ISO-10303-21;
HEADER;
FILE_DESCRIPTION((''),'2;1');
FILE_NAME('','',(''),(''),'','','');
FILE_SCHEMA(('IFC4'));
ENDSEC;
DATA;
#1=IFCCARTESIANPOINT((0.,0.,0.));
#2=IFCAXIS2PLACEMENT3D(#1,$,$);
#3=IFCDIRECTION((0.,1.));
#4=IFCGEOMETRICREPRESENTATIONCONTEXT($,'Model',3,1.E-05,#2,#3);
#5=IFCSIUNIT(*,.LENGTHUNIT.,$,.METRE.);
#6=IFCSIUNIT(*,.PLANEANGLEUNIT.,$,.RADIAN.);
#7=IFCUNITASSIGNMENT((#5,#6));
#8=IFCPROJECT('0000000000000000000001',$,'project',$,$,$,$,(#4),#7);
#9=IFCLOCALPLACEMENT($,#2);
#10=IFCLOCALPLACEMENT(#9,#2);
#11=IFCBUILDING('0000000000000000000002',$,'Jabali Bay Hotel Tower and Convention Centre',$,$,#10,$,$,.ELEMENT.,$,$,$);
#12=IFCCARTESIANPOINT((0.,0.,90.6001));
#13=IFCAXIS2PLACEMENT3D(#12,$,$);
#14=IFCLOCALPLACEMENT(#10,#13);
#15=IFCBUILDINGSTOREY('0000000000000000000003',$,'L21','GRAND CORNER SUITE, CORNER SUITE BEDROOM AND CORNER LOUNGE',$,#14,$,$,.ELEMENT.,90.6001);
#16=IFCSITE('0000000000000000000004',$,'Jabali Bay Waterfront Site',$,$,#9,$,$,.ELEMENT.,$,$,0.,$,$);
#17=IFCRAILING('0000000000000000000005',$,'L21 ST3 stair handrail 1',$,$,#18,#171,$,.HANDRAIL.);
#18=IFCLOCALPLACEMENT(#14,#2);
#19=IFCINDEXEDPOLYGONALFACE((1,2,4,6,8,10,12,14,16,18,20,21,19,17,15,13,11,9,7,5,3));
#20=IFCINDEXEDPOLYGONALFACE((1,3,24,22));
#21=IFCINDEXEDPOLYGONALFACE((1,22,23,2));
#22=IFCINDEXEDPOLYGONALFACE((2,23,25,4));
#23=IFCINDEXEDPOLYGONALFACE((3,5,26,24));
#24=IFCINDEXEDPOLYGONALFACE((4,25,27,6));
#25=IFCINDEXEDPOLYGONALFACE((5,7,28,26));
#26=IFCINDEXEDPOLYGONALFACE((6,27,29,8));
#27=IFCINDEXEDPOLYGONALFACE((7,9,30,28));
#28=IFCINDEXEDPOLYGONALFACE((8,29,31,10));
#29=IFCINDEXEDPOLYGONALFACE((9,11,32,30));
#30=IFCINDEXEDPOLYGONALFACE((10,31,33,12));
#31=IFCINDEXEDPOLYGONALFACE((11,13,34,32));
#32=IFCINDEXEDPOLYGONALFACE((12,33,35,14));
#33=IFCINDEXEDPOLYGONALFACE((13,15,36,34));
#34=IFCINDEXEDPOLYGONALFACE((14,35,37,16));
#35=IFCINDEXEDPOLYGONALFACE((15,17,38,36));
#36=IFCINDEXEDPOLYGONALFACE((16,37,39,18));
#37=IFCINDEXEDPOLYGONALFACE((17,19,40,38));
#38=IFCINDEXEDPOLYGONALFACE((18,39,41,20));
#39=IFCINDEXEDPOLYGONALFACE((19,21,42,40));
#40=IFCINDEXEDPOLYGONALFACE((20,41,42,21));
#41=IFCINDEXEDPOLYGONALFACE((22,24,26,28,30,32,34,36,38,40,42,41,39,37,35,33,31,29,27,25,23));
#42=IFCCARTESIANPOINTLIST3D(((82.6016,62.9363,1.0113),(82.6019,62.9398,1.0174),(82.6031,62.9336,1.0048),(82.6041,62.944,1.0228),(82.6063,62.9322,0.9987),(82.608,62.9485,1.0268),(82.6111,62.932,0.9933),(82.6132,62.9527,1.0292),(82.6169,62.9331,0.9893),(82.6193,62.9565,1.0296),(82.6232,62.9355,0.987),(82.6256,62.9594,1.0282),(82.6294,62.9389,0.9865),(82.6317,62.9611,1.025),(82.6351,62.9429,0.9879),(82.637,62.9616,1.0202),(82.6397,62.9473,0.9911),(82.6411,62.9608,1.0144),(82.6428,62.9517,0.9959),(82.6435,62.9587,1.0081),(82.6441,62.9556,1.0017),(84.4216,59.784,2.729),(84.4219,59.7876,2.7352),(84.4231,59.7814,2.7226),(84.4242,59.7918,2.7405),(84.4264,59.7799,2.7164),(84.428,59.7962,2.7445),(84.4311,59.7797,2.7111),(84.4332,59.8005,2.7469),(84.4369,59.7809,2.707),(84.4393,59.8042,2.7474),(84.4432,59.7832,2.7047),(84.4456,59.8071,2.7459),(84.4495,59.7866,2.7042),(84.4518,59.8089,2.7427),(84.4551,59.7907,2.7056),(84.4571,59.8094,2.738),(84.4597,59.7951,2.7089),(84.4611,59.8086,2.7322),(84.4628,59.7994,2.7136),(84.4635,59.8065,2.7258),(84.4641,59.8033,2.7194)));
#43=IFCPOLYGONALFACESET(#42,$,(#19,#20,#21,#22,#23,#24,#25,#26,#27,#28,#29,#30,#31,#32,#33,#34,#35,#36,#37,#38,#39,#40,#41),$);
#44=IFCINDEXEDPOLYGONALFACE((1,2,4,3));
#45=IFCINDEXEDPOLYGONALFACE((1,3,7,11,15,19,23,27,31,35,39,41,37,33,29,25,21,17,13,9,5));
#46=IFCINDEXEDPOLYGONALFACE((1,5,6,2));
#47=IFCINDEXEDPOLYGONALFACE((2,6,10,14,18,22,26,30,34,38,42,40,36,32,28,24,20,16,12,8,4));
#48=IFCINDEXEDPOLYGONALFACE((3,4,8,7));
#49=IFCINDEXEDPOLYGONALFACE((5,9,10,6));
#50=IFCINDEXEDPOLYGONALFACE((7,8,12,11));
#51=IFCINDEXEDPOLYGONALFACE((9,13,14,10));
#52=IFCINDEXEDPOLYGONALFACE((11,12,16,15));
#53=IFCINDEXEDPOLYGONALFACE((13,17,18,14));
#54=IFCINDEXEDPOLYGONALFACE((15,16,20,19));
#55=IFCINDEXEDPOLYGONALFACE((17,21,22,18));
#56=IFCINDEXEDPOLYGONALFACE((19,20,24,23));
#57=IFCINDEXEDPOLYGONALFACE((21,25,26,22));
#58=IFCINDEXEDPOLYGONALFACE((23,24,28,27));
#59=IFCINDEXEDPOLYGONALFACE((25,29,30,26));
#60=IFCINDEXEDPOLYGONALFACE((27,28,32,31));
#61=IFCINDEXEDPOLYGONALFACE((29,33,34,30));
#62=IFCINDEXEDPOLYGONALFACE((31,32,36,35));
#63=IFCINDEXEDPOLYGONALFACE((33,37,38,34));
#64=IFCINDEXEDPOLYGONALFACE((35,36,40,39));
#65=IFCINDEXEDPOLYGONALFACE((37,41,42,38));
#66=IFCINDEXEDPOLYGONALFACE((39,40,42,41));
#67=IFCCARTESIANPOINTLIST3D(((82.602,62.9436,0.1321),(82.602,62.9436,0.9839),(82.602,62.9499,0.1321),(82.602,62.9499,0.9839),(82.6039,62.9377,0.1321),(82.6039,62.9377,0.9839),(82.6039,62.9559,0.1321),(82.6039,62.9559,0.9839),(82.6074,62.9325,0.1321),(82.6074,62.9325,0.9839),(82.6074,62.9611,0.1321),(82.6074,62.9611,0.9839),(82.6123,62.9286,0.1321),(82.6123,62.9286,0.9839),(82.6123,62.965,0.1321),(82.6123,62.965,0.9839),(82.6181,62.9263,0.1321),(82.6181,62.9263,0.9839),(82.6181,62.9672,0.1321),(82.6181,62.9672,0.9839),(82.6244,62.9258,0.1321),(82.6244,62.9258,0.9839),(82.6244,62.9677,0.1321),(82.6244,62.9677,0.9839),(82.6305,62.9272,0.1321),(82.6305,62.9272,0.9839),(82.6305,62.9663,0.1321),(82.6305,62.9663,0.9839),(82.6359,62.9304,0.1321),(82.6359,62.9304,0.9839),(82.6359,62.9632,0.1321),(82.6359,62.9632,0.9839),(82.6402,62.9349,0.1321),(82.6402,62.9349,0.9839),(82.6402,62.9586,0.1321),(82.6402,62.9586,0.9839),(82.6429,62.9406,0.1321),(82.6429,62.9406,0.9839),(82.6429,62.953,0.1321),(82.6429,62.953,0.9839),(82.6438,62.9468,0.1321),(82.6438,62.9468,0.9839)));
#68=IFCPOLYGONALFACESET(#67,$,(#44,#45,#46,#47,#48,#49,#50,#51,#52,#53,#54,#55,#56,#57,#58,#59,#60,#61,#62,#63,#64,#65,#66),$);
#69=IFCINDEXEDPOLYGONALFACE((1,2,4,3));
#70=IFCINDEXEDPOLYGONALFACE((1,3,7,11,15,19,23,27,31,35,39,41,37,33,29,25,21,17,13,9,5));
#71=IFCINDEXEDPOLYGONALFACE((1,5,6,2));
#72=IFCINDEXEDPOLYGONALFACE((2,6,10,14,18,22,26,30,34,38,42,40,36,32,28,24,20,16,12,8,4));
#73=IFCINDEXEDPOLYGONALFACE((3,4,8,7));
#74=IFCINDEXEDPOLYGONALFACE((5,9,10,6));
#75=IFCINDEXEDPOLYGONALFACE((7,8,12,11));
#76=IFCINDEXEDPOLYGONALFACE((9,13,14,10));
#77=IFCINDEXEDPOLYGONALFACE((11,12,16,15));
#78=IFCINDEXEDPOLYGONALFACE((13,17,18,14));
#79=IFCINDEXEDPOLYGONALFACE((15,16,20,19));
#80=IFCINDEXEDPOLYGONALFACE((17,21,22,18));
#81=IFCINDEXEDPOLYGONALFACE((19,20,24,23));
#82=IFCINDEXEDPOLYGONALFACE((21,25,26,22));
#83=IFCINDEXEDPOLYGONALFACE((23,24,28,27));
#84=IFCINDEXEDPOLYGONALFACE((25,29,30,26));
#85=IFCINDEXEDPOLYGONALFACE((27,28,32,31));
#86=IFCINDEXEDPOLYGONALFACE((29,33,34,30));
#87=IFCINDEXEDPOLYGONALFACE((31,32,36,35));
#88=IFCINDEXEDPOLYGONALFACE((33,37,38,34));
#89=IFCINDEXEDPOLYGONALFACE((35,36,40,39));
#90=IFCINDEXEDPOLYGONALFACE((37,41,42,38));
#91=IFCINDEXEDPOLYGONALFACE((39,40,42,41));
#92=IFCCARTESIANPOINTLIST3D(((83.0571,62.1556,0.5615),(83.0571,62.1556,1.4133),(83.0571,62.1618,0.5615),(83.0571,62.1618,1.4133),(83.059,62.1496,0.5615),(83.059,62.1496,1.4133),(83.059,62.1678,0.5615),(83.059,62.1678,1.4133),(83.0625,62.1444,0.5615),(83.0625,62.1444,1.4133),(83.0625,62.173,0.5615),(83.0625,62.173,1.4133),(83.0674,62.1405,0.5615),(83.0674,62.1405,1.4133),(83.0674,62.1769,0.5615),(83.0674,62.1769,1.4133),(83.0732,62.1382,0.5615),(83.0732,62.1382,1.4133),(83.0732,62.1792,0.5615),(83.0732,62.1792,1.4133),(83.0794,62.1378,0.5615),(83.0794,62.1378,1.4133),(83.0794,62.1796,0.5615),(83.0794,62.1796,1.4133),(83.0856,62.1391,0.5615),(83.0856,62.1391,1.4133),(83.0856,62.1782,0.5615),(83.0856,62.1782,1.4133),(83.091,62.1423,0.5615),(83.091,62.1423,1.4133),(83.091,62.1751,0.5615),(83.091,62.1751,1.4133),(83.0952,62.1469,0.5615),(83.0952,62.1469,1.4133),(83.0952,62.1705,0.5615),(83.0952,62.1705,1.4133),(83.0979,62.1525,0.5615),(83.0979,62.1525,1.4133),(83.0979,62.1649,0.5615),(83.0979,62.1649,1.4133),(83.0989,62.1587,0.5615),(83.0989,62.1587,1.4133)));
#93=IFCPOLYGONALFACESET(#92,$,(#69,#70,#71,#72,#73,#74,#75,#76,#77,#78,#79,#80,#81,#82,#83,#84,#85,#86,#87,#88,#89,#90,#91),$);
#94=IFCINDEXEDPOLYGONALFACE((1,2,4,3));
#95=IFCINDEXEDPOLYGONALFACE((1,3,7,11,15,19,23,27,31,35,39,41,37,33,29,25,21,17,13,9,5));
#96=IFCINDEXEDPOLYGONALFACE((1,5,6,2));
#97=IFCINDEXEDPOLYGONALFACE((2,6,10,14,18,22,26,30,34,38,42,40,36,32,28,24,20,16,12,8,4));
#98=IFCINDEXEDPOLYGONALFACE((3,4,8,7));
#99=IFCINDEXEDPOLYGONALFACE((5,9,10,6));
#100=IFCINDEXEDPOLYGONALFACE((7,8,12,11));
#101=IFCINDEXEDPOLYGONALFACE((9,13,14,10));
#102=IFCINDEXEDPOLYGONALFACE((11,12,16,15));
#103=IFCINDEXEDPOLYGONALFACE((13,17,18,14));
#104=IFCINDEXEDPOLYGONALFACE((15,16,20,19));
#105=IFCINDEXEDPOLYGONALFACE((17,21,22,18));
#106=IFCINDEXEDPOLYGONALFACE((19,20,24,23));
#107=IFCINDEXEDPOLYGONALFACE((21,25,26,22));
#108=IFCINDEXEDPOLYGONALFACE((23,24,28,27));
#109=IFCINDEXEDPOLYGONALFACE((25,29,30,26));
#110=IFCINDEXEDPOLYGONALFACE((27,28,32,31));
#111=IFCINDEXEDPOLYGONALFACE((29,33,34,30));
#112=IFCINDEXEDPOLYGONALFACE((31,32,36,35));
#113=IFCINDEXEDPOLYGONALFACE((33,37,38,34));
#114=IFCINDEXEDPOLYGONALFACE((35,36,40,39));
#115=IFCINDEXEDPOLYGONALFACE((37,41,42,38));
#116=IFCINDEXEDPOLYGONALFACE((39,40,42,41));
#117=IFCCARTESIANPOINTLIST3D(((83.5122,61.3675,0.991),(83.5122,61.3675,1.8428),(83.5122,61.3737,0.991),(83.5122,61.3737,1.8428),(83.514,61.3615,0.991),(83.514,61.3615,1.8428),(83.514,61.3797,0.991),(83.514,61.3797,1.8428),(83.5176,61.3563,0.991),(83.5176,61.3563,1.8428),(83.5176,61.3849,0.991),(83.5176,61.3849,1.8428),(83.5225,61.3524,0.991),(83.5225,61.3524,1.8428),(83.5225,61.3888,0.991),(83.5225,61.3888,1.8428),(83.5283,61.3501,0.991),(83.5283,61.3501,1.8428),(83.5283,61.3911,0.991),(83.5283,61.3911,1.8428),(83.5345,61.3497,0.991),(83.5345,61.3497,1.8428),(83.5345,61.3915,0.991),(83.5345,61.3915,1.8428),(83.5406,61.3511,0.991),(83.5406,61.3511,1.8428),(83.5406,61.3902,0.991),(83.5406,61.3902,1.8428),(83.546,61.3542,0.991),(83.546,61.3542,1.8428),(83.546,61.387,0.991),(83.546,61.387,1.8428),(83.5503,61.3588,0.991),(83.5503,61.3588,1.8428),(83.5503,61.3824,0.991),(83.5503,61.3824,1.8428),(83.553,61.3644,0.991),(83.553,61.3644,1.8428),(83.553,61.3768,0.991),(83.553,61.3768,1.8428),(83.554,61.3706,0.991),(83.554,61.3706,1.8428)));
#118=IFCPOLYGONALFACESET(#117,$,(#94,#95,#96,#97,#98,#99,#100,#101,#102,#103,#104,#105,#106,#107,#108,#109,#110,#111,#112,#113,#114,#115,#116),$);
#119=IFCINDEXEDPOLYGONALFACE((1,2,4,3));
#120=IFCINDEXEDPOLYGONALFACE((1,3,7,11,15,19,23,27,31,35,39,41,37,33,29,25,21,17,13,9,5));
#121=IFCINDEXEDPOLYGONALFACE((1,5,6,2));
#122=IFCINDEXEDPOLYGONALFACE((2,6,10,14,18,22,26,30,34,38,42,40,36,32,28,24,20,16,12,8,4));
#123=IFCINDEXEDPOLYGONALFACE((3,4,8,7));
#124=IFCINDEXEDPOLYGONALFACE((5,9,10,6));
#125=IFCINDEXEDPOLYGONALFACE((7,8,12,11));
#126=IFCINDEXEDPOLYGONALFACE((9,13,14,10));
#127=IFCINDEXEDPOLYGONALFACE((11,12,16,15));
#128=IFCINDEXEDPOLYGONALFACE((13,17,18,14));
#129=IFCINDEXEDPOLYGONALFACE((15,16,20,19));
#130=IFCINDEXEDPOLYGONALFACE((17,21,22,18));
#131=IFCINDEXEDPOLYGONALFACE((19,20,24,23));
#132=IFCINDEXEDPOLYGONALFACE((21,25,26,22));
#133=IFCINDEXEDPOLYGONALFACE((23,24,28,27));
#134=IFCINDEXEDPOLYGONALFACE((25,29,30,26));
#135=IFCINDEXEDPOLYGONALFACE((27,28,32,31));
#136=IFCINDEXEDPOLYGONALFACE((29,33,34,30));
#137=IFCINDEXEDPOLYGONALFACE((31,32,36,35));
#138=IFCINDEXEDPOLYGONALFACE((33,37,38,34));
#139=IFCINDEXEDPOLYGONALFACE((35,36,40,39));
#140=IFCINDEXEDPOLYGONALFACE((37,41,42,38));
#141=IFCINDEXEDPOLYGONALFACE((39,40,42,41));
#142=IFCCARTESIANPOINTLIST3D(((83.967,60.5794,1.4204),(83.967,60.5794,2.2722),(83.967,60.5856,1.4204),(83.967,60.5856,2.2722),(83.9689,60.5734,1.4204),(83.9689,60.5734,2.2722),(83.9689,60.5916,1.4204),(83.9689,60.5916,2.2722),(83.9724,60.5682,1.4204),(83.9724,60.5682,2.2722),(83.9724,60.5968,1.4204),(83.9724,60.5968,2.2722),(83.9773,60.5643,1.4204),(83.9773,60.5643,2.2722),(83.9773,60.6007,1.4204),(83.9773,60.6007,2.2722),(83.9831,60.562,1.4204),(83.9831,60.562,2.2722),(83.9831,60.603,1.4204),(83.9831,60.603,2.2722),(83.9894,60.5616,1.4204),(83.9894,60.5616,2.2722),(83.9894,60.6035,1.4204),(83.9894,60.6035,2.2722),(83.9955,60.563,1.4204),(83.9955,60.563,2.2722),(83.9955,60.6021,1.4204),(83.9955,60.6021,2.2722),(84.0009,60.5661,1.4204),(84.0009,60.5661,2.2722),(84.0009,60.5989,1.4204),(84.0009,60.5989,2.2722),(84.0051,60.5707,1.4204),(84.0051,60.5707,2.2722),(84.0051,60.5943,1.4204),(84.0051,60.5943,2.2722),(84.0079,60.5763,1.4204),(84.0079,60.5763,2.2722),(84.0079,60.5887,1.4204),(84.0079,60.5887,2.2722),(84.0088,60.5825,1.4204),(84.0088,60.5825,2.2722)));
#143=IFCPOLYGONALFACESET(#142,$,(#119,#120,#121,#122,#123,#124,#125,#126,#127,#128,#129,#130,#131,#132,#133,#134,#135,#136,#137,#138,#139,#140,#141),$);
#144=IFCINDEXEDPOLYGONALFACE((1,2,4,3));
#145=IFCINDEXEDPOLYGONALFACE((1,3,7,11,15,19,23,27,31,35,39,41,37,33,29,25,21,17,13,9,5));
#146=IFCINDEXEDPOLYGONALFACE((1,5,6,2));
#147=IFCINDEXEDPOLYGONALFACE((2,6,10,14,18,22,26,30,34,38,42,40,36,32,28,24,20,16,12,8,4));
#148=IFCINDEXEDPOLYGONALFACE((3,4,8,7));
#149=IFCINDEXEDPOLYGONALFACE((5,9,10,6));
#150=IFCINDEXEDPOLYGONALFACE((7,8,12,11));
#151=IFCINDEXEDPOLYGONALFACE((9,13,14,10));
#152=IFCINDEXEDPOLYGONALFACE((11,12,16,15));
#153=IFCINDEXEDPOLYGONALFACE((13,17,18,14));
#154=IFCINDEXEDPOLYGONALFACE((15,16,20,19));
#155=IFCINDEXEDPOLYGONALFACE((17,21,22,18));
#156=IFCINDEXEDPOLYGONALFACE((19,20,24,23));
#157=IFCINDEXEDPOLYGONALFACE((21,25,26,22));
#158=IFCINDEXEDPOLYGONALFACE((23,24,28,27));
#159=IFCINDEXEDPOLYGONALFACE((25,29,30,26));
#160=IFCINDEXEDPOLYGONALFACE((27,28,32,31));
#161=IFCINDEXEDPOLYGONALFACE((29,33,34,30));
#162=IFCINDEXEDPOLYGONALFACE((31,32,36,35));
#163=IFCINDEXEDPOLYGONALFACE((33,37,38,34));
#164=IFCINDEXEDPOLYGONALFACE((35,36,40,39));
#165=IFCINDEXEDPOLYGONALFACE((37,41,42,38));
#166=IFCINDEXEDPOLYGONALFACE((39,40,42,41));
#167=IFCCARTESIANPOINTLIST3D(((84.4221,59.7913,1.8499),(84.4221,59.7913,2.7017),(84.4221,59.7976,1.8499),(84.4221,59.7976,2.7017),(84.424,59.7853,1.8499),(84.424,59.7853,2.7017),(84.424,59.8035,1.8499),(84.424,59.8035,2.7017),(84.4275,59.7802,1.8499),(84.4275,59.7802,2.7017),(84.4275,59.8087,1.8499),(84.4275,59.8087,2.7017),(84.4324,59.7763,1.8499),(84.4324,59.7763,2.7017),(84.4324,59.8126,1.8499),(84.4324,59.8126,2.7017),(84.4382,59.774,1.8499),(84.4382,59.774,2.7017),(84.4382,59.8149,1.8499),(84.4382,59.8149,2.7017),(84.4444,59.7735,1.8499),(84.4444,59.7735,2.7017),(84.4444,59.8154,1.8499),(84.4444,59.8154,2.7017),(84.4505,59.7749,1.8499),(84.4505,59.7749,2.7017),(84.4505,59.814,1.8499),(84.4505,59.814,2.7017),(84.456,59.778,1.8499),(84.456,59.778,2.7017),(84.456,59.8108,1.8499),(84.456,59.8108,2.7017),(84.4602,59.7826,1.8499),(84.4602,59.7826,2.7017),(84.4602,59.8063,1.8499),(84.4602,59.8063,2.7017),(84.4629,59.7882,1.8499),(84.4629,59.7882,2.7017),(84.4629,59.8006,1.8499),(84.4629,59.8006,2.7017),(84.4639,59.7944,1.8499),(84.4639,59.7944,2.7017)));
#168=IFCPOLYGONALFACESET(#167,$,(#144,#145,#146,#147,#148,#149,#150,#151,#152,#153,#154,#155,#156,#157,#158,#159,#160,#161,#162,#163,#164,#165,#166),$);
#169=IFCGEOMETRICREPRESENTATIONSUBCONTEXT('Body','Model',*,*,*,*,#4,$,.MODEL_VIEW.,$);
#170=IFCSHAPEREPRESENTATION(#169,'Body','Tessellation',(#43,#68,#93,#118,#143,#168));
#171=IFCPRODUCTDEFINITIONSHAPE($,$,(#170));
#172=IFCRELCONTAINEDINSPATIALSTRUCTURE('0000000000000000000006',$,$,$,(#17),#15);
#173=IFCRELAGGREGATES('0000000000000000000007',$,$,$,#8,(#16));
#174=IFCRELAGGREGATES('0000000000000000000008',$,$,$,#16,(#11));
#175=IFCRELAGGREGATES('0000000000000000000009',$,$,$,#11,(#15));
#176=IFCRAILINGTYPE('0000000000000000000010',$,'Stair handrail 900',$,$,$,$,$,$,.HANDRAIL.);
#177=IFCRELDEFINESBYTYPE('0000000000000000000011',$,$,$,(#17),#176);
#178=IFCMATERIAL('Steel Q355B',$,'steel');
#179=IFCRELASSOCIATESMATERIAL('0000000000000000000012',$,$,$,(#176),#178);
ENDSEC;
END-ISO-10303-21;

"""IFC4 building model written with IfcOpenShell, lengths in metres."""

from ifc_helpers import new_model, si_unit, direction, frame, origin, origin_2d, place, context, subcontext, project, spatial, circle, extrude, material, type_object, element, save


model = new_model("IFC4")

# Units and contexts
model_context = context("Model", 3, precision=1e-05, world=origin(), true_north=direction((0.0, 1.0)))
body_context = subcontext(model_context, "Body", "Model", "MODEL_VIEW")
ifc_project = project(units=[si_unit("LENGTHUNIT", "METRE"), si_unit("PLANEANGLEUNIT", "RADIAN")], contexts=[model_context])

# Site, building, storey
site_placement = place(None, origin())
site = spatial("IfcSite", under=ifc_project, at=site_placement, Name="Jabali Bay Waterfront Site", CompositionType="ELEMENT", RefElevation=0.0)
building_placement = place(site_placement, origin())
building = spatial("IfcBuilding", under=site, at=building_placement, Name="Jabali Bay Hotel Tower and Convention Centre", CompositionType="ELEMENT")
storey_placement = place(building_placement, frame((0.0, 0.0, 90.6001)))
storey = spatial("IfcBuildingStorey", under=building, at=storey_placement, Name="L21", Description="GRAND CORNER SUITE, CORNER SUITE BEDROOM AND CORNER LOUNGE", CompositionType="ELEMENT", Elevation=90.6001)

# Railing
ifc_material_1 = material(Name="Steel Q355B", Category="steel")
railing_type_1 = type_object("IfcRailingType", Name="Stair handrail 900", PredefinedType="HANDRAIL", material=ifc_material_1)
railing_1_placement = place(storey_placement, frame((82.6228, 62.9468, 0.1321)))
element("IfcRailing", 1, at=railing_1_placement, inside=storey, type_object=railing_type_1, Name="L21 ST3 stair handrail 1", PredefinedType="HANDRAIL", context=body_context, shape_type="SweptSolid", body=[
    extrude(circle(Radius=0.0239, at=origin_2d()), frame((0.0, 0.0, 0.876), z_axis=(0.45219, -0.78319, 0.426775), x_axis=(0.866018, 0.500013, 0.0)), (0.0, 0.0, 1.0), 4.0249),
    extrude(circle(Radius=0.021, at=origin_2d()), origin(), (0.0, 0.0, 1.0), 0.8518),
    extrude(circle(Radius=0.021, at=origin_2d()), frame((0.4551, -0.7881, 0.4294)), (0.0, 0.0, 1.0), 0.8518),
    extrude(circle(Radius=0.021, at=origin_2d()), frame((0.9102, -1.5762, 0.8589)), (0.0, 0.0, 1.0), 0.8518),
    extrude(circle(Radius=0.021, at=origin_2d()), frame((1.365, -2.3643, 1.2883)), (0.0, 0.0, 1.0), 0.8518),
    extrude(circle(Radius=0.021, at=origin_2d()), frame((1.8201, -3.1523, 1.7178)), (0.0, 0.0, 1.0), 0.8518),
])

save(model, "model.ifc")
